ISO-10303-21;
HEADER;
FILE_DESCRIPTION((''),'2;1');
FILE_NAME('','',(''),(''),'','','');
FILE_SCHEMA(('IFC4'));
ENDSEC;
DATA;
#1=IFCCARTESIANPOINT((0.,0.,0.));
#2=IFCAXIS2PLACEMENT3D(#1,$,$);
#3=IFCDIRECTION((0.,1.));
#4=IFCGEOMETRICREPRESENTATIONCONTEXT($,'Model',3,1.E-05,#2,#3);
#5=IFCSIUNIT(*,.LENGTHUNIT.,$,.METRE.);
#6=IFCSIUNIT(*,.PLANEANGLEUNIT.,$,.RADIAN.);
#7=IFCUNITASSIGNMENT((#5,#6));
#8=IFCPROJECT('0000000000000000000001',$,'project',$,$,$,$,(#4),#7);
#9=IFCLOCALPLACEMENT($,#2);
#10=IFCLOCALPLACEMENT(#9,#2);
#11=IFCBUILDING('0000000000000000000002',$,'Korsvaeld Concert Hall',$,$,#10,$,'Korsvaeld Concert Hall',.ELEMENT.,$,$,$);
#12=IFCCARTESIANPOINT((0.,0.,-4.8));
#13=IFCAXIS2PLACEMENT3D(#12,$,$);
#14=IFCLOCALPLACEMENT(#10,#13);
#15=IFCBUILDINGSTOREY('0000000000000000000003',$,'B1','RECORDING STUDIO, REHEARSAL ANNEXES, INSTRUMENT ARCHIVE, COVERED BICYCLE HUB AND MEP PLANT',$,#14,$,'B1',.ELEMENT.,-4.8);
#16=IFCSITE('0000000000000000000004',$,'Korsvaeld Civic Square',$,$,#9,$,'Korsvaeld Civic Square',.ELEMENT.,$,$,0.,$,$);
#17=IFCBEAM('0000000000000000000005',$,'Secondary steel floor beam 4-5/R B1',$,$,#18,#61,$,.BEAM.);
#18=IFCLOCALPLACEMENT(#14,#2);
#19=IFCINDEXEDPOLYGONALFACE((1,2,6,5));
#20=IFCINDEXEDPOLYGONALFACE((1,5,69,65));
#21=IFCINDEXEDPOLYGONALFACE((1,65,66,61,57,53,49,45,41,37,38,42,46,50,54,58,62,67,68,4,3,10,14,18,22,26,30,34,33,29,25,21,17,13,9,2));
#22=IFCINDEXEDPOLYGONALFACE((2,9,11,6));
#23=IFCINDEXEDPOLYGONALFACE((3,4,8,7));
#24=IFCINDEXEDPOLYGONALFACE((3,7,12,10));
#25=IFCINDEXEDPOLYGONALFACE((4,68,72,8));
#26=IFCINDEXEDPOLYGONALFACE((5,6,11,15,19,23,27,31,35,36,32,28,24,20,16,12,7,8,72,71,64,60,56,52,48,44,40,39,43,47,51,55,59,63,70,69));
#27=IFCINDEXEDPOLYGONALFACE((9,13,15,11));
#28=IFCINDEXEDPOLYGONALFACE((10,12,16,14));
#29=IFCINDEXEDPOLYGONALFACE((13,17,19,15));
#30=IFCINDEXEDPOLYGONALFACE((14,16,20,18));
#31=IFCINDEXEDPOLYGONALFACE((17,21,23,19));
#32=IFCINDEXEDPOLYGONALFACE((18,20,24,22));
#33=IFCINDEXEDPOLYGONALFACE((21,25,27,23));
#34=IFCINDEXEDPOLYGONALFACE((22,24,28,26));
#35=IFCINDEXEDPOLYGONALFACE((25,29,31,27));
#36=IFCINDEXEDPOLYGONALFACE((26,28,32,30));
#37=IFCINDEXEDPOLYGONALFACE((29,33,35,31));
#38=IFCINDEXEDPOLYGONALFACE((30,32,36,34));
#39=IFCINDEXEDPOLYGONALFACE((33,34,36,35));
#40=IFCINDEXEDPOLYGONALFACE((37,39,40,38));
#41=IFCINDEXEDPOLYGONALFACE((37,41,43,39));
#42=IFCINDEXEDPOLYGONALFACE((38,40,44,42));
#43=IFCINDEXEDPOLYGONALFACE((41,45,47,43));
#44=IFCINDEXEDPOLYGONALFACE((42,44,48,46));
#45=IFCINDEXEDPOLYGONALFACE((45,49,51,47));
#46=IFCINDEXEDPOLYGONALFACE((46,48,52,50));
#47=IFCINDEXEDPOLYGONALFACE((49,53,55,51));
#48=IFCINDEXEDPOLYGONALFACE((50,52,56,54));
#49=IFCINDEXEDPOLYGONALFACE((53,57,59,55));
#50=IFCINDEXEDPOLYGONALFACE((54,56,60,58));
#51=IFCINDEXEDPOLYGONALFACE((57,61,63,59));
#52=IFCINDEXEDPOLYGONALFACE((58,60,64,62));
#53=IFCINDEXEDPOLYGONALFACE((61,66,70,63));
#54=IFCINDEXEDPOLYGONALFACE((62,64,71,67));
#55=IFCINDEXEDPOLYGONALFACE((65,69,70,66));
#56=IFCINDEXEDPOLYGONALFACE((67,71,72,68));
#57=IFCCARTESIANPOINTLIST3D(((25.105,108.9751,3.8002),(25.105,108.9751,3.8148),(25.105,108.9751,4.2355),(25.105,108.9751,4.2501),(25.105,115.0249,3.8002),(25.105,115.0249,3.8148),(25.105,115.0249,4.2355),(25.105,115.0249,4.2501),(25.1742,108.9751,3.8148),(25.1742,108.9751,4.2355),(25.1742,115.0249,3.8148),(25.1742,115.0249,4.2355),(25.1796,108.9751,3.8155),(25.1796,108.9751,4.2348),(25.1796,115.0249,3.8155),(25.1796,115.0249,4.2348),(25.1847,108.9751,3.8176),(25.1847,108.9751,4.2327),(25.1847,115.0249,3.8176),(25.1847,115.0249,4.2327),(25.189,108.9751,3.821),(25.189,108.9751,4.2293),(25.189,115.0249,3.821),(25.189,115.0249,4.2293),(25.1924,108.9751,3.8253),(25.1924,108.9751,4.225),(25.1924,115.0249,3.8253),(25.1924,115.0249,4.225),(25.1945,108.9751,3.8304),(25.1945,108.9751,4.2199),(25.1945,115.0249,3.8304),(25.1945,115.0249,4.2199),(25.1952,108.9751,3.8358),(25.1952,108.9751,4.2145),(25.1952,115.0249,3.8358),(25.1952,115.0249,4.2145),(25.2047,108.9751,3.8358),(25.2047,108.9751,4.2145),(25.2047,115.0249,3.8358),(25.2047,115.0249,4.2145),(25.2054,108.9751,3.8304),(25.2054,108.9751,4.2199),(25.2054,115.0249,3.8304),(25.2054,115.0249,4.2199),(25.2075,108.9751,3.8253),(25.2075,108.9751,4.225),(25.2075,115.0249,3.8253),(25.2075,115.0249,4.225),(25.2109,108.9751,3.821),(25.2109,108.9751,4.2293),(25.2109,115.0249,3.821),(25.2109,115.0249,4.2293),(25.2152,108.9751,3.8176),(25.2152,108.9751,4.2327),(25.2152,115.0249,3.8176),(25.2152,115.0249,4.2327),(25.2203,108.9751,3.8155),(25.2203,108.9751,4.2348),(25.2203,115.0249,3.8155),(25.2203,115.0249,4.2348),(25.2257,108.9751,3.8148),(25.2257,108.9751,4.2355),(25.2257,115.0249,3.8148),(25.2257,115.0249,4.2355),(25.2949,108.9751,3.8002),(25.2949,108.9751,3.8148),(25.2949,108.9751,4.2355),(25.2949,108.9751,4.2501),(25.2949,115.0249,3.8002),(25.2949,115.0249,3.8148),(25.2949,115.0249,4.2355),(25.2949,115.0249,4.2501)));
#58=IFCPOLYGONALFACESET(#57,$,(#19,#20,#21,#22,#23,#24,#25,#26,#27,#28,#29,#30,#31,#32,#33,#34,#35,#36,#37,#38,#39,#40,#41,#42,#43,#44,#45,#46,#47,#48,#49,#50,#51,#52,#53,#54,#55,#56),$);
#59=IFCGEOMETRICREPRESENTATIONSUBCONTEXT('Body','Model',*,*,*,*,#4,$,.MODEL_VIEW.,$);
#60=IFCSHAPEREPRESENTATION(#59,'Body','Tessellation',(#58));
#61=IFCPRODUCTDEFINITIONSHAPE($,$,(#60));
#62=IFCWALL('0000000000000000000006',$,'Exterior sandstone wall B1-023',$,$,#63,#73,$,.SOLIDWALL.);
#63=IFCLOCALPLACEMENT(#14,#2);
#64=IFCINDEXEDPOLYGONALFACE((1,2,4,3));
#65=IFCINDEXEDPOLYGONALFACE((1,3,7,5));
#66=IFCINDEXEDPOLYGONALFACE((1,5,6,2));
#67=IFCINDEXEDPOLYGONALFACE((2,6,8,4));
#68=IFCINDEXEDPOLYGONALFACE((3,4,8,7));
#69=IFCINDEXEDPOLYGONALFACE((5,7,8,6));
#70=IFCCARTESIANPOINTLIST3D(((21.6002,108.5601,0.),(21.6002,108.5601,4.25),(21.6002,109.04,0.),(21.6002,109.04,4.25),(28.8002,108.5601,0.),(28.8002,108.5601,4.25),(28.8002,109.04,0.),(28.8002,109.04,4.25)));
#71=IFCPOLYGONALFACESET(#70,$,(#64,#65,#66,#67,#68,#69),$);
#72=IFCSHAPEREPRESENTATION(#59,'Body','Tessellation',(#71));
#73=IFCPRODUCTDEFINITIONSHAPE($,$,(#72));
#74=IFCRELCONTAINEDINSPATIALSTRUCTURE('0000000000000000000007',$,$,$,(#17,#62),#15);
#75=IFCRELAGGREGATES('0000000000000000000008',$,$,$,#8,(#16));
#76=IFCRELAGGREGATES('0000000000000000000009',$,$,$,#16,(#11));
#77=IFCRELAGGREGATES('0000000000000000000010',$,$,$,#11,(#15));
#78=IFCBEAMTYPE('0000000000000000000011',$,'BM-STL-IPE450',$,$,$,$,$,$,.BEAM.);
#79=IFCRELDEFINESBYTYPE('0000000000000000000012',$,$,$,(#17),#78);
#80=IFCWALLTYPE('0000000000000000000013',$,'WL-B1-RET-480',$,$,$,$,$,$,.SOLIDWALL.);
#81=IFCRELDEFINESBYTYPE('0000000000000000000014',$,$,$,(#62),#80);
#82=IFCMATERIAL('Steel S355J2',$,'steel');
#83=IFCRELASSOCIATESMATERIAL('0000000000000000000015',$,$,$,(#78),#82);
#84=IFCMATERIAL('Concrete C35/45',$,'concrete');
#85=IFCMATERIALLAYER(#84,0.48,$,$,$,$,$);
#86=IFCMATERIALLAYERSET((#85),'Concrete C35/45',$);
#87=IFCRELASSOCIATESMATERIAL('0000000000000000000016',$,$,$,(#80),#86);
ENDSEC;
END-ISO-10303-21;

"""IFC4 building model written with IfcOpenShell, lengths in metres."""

from ifc_helpers import new_model, si_unit, direction, frame, frame_2d, origin, origin_2d, place, context, subcontext, project, spatial, rectangle, i_section, extrude, material, layer, layer_set, material_profile, profile_set, type_object, element, save


model = new_model("IFC4")

# Units and contexts
model_context = context("Model", 3, precision=1e-05, world=origin(), true_north=direction((0.0, 1.0)))
body_context = subcontext(model_context, "Body", "Model", "MODEL_VIEW")
ifc_project = project(units=[si_unit("LENGTHUNIT", "METRE"), si_unit("PLANEANGLEUNIT", "RADIAN")], contexts=[model_context])

# Site, building, storey
site_placement = place(None, origin())
site = spatial("IfcSite", under=ifc_project, at=site_placement, Name="Korsvaeld Civic Square", LongName="Korsvaeld Civic Square", CompositionType="ELEMENT", RefElevation=0.0)
building_placement = place(site_placement, origin())
building = spatial("IfcBuilding", under=site, at=building_placement, Name="Korsvaeld Concert Hall", LongName="Korsvaeld Concert Hall", CompositionType="ELEMENT")
storey_placement = place(building_placement, frame((0.0, 0.0, -4.8)))
storey = spatial("IfcBuildingStorey", under=building, at=storey_placement, Name="B1", Description="RECORDING STUDIO, REHEARSAL ANNEXES, INSTRUMENT ARCHIVE, COVERED BICYCLE HUB AND MEP PLANT", LongName="B1", CompositionType="ELEMENT", Elevation=-4.8)

# Shared definitions
ifc_material_1 = material(Name="Concrete C35/45", Category="concrete")

# Beam
ifc_material_2 = material(Name="Steel S355J2", Category="steel")
ifc_material_profile_1 = material_profile(ifc_material_2, i_section(OverallWidth=0.1899, OverallDepth=0.45, WebThickness=0.0095, FlangeThickness=0.0146, FilletRadius=0.021, at=origin_2d()), Name="IPE 450")
ifc_profile_set_1 = profile_set([ifc_material_profile_1], Name="Steel S355J2")
beam_type_1 = type_object("IfcBeamType", Name="BM-STL-IPE450", PredefinedType="BEAM", material=ifc_profile_set_1)
beam_1_placement = place(storey_placement, frame((25.2, 108.9751, 4.0251), z_axis=(0.0, 1.0, 0.0), x_axis=(-1.0, 0.0, 0.0)))
element("IfcBeam", 1, at=beam_1_placement, inside=storey, type_object=beam_type_1, Name="Secondary steel floor beam 4-5/R B1", PredefinedType="BEAM", context=body_context, shape_type="SweptSolid", body=[
    extrude(i_section(OverallWidth=0.1899, OverallDepth=0.45, WebThickness=0.0095, FlangeThickness=0.0146, FilletRadius=0.021, at=origin_2d()), origin(), (0.0, 0.0, 1.0), 6.0498),
])

# Wall
ifc_layer = layer(ifc_material_1, 0.48)
ifc_layer_set = layer_set([ifc_layer], Name="Concrete C35/45")
wall_type = type_object("IfcWallType", Name="WL-B1-RET-480", PredefinedType="SOLIDWALL", material=ifc_layer_set)
wall_placement = place(storey_placement, frame((21.6001, 108.8, 0.0), z_axis=(0.0, 0.0, 1.0), x_axis=(1.0, 0.0, 0.0)))
element("IfcWall", 2, at=wall_placement, inside=storey, type_object=wall_type, Name="Exterior sandstone wall B1-023", PredefinedType="SOLIDWALL", context=body_context, shape_type="SweptSolid", body=[
    extrude(rectangle(XDim=7.2, YDim=0.48, at=frame_2d((3.6001, 0.0))), origin(), (0.0, 0.0, 1.0), 4.25),
])

save(model, "model.ifc")
